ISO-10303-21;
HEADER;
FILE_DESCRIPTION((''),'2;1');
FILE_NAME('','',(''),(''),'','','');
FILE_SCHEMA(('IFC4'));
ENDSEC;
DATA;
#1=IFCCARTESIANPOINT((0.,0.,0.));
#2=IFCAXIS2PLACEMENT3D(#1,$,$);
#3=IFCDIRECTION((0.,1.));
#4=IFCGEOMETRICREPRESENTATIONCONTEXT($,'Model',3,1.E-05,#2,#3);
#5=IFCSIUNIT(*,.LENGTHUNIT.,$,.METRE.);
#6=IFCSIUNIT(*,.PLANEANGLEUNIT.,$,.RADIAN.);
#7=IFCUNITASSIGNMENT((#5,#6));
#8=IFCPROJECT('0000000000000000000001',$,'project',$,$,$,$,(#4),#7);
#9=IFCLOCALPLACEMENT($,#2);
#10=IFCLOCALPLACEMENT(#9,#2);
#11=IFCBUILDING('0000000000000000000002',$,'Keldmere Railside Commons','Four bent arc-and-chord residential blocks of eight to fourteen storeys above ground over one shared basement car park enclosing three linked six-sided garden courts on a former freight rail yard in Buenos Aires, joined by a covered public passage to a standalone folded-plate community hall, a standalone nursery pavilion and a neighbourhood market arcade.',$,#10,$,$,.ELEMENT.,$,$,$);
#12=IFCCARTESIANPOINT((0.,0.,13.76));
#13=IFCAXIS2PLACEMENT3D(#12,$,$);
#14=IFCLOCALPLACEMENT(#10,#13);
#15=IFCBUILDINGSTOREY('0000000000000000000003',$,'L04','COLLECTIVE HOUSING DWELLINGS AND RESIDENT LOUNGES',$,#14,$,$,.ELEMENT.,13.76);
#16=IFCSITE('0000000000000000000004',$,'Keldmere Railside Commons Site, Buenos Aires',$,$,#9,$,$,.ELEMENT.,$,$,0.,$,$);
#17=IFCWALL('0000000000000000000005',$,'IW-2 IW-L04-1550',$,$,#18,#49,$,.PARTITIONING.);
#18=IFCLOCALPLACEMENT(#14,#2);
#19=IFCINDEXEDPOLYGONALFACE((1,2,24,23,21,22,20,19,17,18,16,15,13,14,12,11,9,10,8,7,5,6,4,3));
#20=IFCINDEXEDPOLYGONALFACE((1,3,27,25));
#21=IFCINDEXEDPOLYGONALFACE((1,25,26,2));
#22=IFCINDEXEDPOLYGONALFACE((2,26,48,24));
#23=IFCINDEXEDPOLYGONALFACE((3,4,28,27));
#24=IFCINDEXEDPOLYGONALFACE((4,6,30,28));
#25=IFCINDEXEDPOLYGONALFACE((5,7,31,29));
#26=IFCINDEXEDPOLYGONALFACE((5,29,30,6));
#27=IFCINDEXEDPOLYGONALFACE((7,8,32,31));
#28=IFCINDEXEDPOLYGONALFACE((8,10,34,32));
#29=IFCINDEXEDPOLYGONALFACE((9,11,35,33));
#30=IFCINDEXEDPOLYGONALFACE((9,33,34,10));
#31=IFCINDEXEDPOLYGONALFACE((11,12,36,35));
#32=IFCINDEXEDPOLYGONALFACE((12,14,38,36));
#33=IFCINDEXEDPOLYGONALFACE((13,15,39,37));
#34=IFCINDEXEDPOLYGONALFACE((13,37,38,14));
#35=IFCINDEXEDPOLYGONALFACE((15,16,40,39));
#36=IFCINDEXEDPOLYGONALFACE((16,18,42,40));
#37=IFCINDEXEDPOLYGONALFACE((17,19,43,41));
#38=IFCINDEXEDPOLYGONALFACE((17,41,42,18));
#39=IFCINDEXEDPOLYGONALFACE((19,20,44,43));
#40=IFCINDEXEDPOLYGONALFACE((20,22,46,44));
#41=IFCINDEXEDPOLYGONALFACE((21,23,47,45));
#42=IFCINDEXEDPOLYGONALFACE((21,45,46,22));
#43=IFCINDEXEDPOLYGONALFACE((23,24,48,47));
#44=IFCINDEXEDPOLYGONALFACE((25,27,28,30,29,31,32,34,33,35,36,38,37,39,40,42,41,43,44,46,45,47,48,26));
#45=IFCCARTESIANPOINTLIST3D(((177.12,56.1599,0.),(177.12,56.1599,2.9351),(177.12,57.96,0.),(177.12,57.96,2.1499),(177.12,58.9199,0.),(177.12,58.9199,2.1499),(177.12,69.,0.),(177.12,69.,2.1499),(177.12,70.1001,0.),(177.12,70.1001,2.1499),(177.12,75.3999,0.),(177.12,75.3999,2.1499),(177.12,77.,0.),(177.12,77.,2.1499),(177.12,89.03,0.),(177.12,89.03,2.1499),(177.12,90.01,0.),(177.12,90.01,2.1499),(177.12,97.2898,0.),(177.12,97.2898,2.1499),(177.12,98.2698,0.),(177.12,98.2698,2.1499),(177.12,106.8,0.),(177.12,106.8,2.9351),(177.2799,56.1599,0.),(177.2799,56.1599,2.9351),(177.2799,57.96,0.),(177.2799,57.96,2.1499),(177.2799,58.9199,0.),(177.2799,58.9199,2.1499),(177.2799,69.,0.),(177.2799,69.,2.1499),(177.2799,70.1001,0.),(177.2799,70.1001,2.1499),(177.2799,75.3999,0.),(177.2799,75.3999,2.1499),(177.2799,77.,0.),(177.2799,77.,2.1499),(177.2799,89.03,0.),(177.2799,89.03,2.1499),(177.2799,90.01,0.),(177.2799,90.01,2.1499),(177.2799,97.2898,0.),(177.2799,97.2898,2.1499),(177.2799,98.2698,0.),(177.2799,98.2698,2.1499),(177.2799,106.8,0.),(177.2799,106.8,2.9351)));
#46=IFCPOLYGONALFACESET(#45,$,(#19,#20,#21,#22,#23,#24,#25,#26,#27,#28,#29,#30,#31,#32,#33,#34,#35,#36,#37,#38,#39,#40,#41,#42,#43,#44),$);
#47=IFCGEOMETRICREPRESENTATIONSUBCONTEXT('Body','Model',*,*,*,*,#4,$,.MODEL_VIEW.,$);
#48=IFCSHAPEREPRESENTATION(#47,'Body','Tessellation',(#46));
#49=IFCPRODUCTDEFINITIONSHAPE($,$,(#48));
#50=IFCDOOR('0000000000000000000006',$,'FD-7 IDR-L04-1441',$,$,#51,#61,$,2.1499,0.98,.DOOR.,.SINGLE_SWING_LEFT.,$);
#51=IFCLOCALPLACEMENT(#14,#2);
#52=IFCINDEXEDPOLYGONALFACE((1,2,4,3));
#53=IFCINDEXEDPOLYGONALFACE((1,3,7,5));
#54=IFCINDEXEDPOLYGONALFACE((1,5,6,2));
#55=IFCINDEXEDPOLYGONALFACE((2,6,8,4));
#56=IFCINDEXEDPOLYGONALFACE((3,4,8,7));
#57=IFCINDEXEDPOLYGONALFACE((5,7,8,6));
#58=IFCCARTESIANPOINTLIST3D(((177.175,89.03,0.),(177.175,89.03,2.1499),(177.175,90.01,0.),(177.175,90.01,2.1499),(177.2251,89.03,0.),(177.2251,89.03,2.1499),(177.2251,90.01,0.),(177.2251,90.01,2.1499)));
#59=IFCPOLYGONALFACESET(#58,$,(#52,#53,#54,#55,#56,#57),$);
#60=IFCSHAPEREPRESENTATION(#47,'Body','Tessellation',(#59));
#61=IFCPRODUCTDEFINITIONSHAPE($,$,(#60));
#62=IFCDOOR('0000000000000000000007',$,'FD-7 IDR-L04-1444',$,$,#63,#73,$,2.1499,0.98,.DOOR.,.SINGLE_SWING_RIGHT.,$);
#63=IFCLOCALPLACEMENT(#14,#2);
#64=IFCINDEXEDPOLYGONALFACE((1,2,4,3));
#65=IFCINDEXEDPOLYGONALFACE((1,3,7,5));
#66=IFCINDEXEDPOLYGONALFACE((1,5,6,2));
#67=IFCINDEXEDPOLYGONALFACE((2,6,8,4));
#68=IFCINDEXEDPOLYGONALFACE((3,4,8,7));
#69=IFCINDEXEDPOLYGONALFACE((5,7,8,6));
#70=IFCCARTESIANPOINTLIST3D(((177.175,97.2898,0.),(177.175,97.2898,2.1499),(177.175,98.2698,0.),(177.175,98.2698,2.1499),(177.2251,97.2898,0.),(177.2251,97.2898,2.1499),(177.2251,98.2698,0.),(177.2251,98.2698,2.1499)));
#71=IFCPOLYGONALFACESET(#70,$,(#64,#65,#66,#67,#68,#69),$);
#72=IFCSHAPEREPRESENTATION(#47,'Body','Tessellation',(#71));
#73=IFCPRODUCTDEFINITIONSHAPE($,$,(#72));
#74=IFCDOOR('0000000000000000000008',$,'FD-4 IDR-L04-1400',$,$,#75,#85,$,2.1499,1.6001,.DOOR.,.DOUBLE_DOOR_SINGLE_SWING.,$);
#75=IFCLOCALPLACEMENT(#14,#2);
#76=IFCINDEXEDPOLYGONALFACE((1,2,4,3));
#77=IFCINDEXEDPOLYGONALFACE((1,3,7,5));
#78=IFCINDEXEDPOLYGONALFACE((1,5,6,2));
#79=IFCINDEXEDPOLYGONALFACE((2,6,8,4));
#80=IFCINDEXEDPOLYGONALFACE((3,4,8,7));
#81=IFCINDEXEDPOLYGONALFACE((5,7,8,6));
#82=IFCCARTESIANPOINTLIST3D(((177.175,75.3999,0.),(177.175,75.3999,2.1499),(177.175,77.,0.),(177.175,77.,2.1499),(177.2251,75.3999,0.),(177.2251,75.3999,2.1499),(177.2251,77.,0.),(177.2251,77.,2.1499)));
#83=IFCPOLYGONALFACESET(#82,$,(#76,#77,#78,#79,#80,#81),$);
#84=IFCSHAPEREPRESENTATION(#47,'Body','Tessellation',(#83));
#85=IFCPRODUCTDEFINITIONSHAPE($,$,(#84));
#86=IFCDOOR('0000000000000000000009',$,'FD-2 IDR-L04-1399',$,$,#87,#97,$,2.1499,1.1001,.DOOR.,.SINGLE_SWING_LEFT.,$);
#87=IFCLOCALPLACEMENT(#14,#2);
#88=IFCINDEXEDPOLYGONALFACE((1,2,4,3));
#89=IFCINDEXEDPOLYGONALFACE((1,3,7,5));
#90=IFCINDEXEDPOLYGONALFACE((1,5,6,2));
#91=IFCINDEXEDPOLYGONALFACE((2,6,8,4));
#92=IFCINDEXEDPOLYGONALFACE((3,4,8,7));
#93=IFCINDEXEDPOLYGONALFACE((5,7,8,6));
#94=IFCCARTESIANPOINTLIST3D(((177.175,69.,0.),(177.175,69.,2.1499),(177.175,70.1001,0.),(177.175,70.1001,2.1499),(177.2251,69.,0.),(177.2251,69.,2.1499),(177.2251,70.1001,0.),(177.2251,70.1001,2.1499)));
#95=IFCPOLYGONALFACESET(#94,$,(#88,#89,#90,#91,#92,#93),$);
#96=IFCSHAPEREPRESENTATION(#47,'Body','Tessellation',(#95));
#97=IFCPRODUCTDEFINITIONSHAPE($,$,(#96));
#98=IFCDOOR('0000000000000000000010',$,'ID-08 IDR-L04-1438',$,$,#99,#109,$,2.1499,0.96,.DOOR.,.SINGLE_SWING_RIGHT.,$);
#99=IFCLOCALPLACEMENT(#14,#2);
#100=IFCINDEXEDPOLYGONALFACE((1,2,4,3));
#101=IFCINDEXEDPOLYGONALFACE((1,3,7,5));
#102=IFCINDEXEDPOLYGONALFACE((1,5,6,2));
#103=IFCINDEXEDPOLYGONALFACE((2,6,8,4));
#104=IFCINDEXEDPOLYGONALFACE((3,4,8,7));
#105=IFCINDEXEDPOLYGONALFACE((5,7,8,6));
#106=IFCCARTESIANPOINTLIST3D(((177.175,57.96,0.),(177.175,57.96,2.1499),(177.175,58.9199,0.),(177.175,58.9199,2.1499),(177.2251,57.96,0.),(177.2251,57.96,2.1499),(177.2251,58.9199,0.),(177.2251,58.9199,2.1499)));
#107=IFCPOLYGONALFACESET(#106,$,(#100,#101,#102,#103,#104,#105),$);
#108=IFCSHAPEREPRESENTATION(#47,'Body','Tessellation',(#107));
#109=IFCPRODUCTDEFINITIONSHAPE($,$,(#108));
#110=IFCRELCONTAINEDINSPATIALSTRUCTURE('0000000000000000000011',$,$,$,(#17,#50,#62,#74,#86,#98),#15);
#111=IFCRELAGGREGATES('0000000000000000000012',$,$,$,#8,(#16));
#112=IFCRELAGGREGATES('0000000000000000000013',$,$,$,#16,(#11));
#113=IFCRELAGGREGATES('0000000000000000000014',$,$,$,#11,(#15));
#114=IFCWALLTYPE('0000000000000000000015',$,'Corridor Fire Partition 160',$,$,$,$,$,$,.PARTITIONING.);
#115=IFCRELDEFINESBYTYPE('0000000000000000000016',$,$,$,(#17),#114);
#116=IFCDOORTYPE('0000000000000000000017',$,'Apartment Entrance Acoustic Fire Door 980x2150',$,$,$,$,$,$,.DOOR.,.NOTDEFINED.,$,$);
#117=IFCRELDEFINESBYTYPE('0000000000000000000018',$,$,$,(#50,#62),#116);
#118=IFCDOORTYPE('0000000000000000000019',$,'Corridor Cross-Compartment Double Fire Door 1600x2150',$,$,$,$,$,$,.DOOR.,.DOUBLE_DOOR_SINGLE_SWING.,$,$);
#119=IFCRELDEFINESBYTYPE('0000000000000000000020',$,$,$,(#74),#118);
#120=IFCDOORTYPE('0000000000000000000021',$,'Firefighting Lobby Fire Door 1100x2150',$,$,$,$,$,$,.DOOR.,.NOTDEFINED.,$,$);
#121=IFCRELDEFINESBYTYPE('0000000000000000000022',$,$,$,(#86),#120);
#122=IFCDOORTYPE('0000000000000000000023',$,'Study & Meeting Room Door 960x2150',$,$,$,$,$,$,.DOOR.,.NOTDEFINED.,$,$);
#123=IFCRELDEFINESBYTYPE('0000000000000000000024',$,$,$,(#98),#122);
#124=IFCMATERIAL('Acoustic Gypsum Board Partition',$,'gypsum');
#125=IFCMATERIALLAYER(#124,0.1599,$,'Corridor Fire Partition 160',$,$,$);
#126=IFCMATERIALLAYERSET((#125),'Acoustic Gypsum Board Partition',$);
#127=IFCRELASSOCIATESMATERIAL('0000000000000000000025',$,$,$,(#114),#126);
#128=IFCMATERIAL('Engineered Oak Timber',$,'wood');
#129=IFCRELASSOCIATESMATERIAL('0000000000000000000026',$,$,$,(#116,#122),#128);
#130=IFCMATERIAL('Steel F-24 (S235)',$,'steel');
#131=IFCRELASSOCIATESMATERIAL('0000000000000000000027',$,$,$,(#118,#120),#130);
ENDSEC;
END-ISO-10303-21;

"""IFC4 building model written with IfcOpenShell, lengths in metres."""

from ifc_helpers import new_model, si_unit, direction, frame, frame_2d, origin, place, context, subcontext, project, spatial, rectangle, extrude, material, layer, layer_set, type_object, element, fill, save


model = new_model("IFC4")

# Units and contexts
model_context = context("Model", 3, precision=1e-05, world=origin(), true_north=direction((0.0, 1.0)))
body_context = subcontext(model_context, "Body", "Model", "MODEL_VIEW")
ifc_project = project(units=[si_unit("LENGTHUNIT", "METRE"), si_unit("PLANEANGLEUNIT", "RADIAN")], contexts=[model_context])

# Site, building, storey
site_placement = place(None, origin())
site = spatial("IfcSite", under=ifc_project, at=site_placement, Name="Keldmere Railside Commons Site, Buenos Aires", CompositionType="ELEMENT", RefElevation=0.0)
building_placement = place(site_placement, origin())
building = spatial("IfcBuilding", under=site, at=building_placement, Name="Keldmere Railside Commons", Description="Four bent arc-and-chord residential blocks of eight to fourteen storeys above ground over one shared basement car park enclosing three linked six-sided garden courts on a former freight rail yard in Buenos Aires, joined by a covered public passage to a standalone folded-plate community hall, a standalone nursery pavilion and a neighbourhood market arcade.", CompositionType="ELEMENT")
storey_placement = place(building_placement, frame((0.0, 0.0, 13.76)))
storey = spatial("IfcBuildingStorey", under=building, at=storey_placement, Name="L04", Description="COLLECTIVE HOUSING DWELLINGS AND RESIDENT LOUNGES", CompositionType="ELEMENT", Elevation=13.76)

# Wall, openings, doors
ifc_material_1 = material(Name="Acoustic Gypsum Board Partition", Category="gypsum")
ifc_layer = layer(ifc_material_1, 0.1599, Name="Corridor Fire Partition 160")
ifc_layer_set = layer_set([ifc_layer], Name="Acoustic Gypsum Board Partition")
wall_type = type_object("IfcWallType", Name="Corridor Fire Partition 160", PredefinedType="PARTITIONING", material=ifc_layer_set)
ifc_material_2 = material(Name="Engineered Oak Timber", Category="wood")
door_type_1 = type_object("IfcDoorType", Name="Apartment Entrance Acoustic Fire Door 980x2150", OperationType="NOTDEFINED", PredefinedType="DOOR", material=ifc_material_2)
wall_1_placement = place(storey_placement, frame((177.2, 56.1599, 0.0), z_axis=(0.0, 0.0, 1.0), x_axis=(0.0, 1.0, 0.0)))
wall_1 = element("IfcWall", 1, at=wall_1_placement, inside=storey, type_object=wall_type, Name="IW-2 IW-L04-1550", PredefinedType="PARTITIONING", context=body_context, shape_type="SweptSolid", body=[
    extrude(rectangle(XDim=50.6401, YDim=0.1599, at=frame_2d((25.3201, 0.0))), origin(), (0.0, 0.0, 1.0), 2.9351),
])
opening_1_placement = place(wall_1_placement, frame((12.8401, 0.0, 0.0)))
opening_1 = element("IfcOpeningElement", 2, at=opening_1_placement, cuts=wall_1, PredefinedType="OPENING", context=body_context, shape_type="SweptSolid", body=[
    extrude(rectangle(XDim=1.1001, YDim=2.1499, at=frame_2d((0.55, 1.075))), frame((0.0, 0.0898, 0.0), z_axis=(0.0, -1.0, 0.0), x_axis=(1.0, 0.0, 0.0)), (0.0, 0.0, 1.0), 0.1799),
])
opening_2_placement = place(wall_1_placement, frame((19.24, 0.0, 0.0)))
opening_2 = element("IfcOpeningElement", 3, at=opening_2_placement, cuts=wall_1, PredefinedType="OPENING", context=body_context, shape_type="SweptSolid", body=[
    extrude(rectangle(XDim=1.6001, YDim=2.1499, at=frame_2d((0.8, 1.075))), frame((0.0, 0.0898, 0.0), z_axis=(0.0, -1.0, 0.0), x_axis=(1.0, 0.0, 0.0)), (0.0, 0.0, 1.0), 0.1799),
])
opening_3_placement = place(wall_1_placement, frame((1.8, 0.0, 0.0)))
opening_3 = element("IfcOpeningElement", 4, at=opening_3_placement, cuts=wall_1, PredefinedType="OPENING", context=body_context, shape_type="SweptSolid", body=[
    extrude(rectangle(XDim=0.96, YDim=2.1499, at=frame_2d((0.48, 1.075))), frame((0.0, 0.0898, 0.0), z_axis=(0.0, -1.0, 0.0), x_axis=(1.0, 0.0, 0.0)), (0.0, 0.0, 1.0), 0.1799),
])
opening_4_placement = place(wall_1_placement, frame((32.8701, 0.0, 0.0)))
opening_4 = element("IfcOpeningElement", 5, at=opening_4_placement, cuts=wall_1, PredefinedType="OPENING", context=body_context, shape_type="SweptSolid", body=[
    extrude(rectangle(XDim=0.98, YDim=2.1499, at=frame_2d((0.49, 1.075))), frame((0.0, 0.0898, 0.0), z_axis=(0.0, -1.0, 0.0), x_axis=(1.0, 0.0, 0.0)), (0.0, 0.0, 1.0), 0.1799),
])
opening_5_placement = place(wall_1_placement, frame((41.1299, 0.0, 0.0)))
opening_5 = element("IfcOpeningElement", 6, at=opening_5_placement, cuts=wall_1, PredefinedType="OPENING", context=body_context, shape_type="SweptSolid", body=[
    extrude(rectangle(XDim=0.98, YDim=2.1499, at=frame_2d((0.49, 1.075))), frame((0.0, 0.0898, 0.0), z_axis=(0.0, -1.0, 0.0), x_axis=(1.0, 0.0, 0.0)), (0.0, 0.0, 1.0), 0.1799),
])
door_1_placement = place(opening_4_placement, origin())
door_1 = element("IfcDoor", 7, at=door_1_placement, inside=storey, type_object=door_type_1, Name="FD-7 IDR-L04-1441", OperationType="SINGLE_SWING_LEFT", OverallHeight=2.1499, OverallWidth=0.98, PredefinedType="DOOR", context=body_context, shape_type="SweptSolid", body=[
    extrude(rectangle(XDim=0.98, YDim=2.1499, at=frame_2d((0.49, 1.075))), frame((0.0, 0.0249, 0.0), z_axis=(0.0, -1.0, 0.0), x_axis=(1.0, 0.0, 0.0)), (0.0, 0.0, 1.0), 0.05),
])
fill(opening_4, door_1)
door_2_placement = place(opening_5_placement, origin())
door_2 = element("IfcDoor", 8, at=door_2_placement, inside=storey, type_object=door_type_1, Name="FD-7 IDR-L04-1444", OperationType="SINGLE_SWING_RIGHT", OverallHeight=2.1499, OverallWidth=0.98, PredefinedType="DOOR", context=body_context, shape_type="SweptSolid", body=[
    extrude(rectangle(XDim=0.98, YDim=2.1499, at=frame_2d((0.49, 1.075))), frame((0.0, 0.0249, 0.0), z_axis=(0.0, -1.0, 0.0), x_axis=(1.0, 0.0, 0.0)), (0.0, 0.0, 1.0), 0.05),
])
fill(opening_5, door_2)
ifc_material_3 = material(Name="Steel F-24 (S235)", Category="steel")
door_type_2 = type_object("IfcDoorType", Name="Corridor Cross-Compartment Double Fire Door 1600x2150", OperationType="DOUBLE_DOOR_SINGLE_SWING", PredefinedType="DOOR", material=ifc_material_3)
door_3_placement = place(opening_2_placement, origin())
door_3 = element("IfcDoor", 9, at=door_3_placement, inside=storey, type_object=door_type_2, Name="FD-4 IDR-L04-1400", OperationType="DOUBLE_DOOR_SINGLE_SWING", OverallHeight=2.1499, OverallWidth=1.6001, PredefinedType="DOOR", context=body_context, shape_type="SweptSolid", body=[
    extrude(rectangle(XDim=1.6001, YDim=2.1499, at=frame_2d((0.8, 1.075))), frame((0.0, 0.0249, 0.0), z_axis=(0.0, -1.0, 0.0), x_axis=(1.0, 0.0, 0.0)), (0.0, 0.0, 1.0), 0.05),
])
fill(opening_2, door_3)
door_type_3 = type_object("IfcDoorType", Name="Firefighting Lobby Fire Door 1100x2150", OperationType="NOTDEFINED", PredefinedType="DOOR", material=ifc_material_3)
door_4_placement = place(opening_1_placement, origin())
door_4 = element("IfcDoor", 10, at=door_4_placement, inside=storey, type_object=door_type_3, Name="FD-2 IDR-L04-1399", OperationType="SINGLE_SWING_LEFT", OverallHeight=2.1499, OverallWidth=1.1001, PredefinedType="DOOR", context=body_context, shape_type="SweptSolid", body=[
    extrude(rectangle(XDim=1.1001, YDim=2.1499, at=frame_2d((0.55, 1.075))), frame((0.0, 0.0249, 0.0), z_axis=(0.0, -1.0, 0.0), x_axis=(1.0, 0.0, 0.0)), (0.0, 0.0, 1.0), 0.05),
])
fill(opening_1, door_4)
door_type_4 = type_object("IfcDoorType", Name="Study & Meeting Room Door 960x2150", OperationType="NOTDEFINED", PredefinedType="DOOR", material=ifc_material_2)
door_5_placement = place(opening_3_placement, origin())
door_5 = element("IfcDoor", 11, at=door_5_placement, inside=storey, type_object=door_type_4, Name="ID-08 IDR-L04-1438", OperationType="SINGLE_SWING_RIGHT", OverallHeight=2.1499, OverallWidth=0.96, PredefinedType="DOOR", context=body_context, shape_type="SweptSolid", body=[
    extrude(rectangle(XDim=0.96, YDim=2.1499, at=frame_2d((0.48, 1.075))), frame((0.0, 0.0249, 0.0), z_axis=(0.0, -1.0, 0.0), x_axis=(1.0, 0.0, 0.0)), (0.0, 0.0, 1.0), 0.05),
])
fill(opening_3, door_5)

save(model, "model.ifc")
